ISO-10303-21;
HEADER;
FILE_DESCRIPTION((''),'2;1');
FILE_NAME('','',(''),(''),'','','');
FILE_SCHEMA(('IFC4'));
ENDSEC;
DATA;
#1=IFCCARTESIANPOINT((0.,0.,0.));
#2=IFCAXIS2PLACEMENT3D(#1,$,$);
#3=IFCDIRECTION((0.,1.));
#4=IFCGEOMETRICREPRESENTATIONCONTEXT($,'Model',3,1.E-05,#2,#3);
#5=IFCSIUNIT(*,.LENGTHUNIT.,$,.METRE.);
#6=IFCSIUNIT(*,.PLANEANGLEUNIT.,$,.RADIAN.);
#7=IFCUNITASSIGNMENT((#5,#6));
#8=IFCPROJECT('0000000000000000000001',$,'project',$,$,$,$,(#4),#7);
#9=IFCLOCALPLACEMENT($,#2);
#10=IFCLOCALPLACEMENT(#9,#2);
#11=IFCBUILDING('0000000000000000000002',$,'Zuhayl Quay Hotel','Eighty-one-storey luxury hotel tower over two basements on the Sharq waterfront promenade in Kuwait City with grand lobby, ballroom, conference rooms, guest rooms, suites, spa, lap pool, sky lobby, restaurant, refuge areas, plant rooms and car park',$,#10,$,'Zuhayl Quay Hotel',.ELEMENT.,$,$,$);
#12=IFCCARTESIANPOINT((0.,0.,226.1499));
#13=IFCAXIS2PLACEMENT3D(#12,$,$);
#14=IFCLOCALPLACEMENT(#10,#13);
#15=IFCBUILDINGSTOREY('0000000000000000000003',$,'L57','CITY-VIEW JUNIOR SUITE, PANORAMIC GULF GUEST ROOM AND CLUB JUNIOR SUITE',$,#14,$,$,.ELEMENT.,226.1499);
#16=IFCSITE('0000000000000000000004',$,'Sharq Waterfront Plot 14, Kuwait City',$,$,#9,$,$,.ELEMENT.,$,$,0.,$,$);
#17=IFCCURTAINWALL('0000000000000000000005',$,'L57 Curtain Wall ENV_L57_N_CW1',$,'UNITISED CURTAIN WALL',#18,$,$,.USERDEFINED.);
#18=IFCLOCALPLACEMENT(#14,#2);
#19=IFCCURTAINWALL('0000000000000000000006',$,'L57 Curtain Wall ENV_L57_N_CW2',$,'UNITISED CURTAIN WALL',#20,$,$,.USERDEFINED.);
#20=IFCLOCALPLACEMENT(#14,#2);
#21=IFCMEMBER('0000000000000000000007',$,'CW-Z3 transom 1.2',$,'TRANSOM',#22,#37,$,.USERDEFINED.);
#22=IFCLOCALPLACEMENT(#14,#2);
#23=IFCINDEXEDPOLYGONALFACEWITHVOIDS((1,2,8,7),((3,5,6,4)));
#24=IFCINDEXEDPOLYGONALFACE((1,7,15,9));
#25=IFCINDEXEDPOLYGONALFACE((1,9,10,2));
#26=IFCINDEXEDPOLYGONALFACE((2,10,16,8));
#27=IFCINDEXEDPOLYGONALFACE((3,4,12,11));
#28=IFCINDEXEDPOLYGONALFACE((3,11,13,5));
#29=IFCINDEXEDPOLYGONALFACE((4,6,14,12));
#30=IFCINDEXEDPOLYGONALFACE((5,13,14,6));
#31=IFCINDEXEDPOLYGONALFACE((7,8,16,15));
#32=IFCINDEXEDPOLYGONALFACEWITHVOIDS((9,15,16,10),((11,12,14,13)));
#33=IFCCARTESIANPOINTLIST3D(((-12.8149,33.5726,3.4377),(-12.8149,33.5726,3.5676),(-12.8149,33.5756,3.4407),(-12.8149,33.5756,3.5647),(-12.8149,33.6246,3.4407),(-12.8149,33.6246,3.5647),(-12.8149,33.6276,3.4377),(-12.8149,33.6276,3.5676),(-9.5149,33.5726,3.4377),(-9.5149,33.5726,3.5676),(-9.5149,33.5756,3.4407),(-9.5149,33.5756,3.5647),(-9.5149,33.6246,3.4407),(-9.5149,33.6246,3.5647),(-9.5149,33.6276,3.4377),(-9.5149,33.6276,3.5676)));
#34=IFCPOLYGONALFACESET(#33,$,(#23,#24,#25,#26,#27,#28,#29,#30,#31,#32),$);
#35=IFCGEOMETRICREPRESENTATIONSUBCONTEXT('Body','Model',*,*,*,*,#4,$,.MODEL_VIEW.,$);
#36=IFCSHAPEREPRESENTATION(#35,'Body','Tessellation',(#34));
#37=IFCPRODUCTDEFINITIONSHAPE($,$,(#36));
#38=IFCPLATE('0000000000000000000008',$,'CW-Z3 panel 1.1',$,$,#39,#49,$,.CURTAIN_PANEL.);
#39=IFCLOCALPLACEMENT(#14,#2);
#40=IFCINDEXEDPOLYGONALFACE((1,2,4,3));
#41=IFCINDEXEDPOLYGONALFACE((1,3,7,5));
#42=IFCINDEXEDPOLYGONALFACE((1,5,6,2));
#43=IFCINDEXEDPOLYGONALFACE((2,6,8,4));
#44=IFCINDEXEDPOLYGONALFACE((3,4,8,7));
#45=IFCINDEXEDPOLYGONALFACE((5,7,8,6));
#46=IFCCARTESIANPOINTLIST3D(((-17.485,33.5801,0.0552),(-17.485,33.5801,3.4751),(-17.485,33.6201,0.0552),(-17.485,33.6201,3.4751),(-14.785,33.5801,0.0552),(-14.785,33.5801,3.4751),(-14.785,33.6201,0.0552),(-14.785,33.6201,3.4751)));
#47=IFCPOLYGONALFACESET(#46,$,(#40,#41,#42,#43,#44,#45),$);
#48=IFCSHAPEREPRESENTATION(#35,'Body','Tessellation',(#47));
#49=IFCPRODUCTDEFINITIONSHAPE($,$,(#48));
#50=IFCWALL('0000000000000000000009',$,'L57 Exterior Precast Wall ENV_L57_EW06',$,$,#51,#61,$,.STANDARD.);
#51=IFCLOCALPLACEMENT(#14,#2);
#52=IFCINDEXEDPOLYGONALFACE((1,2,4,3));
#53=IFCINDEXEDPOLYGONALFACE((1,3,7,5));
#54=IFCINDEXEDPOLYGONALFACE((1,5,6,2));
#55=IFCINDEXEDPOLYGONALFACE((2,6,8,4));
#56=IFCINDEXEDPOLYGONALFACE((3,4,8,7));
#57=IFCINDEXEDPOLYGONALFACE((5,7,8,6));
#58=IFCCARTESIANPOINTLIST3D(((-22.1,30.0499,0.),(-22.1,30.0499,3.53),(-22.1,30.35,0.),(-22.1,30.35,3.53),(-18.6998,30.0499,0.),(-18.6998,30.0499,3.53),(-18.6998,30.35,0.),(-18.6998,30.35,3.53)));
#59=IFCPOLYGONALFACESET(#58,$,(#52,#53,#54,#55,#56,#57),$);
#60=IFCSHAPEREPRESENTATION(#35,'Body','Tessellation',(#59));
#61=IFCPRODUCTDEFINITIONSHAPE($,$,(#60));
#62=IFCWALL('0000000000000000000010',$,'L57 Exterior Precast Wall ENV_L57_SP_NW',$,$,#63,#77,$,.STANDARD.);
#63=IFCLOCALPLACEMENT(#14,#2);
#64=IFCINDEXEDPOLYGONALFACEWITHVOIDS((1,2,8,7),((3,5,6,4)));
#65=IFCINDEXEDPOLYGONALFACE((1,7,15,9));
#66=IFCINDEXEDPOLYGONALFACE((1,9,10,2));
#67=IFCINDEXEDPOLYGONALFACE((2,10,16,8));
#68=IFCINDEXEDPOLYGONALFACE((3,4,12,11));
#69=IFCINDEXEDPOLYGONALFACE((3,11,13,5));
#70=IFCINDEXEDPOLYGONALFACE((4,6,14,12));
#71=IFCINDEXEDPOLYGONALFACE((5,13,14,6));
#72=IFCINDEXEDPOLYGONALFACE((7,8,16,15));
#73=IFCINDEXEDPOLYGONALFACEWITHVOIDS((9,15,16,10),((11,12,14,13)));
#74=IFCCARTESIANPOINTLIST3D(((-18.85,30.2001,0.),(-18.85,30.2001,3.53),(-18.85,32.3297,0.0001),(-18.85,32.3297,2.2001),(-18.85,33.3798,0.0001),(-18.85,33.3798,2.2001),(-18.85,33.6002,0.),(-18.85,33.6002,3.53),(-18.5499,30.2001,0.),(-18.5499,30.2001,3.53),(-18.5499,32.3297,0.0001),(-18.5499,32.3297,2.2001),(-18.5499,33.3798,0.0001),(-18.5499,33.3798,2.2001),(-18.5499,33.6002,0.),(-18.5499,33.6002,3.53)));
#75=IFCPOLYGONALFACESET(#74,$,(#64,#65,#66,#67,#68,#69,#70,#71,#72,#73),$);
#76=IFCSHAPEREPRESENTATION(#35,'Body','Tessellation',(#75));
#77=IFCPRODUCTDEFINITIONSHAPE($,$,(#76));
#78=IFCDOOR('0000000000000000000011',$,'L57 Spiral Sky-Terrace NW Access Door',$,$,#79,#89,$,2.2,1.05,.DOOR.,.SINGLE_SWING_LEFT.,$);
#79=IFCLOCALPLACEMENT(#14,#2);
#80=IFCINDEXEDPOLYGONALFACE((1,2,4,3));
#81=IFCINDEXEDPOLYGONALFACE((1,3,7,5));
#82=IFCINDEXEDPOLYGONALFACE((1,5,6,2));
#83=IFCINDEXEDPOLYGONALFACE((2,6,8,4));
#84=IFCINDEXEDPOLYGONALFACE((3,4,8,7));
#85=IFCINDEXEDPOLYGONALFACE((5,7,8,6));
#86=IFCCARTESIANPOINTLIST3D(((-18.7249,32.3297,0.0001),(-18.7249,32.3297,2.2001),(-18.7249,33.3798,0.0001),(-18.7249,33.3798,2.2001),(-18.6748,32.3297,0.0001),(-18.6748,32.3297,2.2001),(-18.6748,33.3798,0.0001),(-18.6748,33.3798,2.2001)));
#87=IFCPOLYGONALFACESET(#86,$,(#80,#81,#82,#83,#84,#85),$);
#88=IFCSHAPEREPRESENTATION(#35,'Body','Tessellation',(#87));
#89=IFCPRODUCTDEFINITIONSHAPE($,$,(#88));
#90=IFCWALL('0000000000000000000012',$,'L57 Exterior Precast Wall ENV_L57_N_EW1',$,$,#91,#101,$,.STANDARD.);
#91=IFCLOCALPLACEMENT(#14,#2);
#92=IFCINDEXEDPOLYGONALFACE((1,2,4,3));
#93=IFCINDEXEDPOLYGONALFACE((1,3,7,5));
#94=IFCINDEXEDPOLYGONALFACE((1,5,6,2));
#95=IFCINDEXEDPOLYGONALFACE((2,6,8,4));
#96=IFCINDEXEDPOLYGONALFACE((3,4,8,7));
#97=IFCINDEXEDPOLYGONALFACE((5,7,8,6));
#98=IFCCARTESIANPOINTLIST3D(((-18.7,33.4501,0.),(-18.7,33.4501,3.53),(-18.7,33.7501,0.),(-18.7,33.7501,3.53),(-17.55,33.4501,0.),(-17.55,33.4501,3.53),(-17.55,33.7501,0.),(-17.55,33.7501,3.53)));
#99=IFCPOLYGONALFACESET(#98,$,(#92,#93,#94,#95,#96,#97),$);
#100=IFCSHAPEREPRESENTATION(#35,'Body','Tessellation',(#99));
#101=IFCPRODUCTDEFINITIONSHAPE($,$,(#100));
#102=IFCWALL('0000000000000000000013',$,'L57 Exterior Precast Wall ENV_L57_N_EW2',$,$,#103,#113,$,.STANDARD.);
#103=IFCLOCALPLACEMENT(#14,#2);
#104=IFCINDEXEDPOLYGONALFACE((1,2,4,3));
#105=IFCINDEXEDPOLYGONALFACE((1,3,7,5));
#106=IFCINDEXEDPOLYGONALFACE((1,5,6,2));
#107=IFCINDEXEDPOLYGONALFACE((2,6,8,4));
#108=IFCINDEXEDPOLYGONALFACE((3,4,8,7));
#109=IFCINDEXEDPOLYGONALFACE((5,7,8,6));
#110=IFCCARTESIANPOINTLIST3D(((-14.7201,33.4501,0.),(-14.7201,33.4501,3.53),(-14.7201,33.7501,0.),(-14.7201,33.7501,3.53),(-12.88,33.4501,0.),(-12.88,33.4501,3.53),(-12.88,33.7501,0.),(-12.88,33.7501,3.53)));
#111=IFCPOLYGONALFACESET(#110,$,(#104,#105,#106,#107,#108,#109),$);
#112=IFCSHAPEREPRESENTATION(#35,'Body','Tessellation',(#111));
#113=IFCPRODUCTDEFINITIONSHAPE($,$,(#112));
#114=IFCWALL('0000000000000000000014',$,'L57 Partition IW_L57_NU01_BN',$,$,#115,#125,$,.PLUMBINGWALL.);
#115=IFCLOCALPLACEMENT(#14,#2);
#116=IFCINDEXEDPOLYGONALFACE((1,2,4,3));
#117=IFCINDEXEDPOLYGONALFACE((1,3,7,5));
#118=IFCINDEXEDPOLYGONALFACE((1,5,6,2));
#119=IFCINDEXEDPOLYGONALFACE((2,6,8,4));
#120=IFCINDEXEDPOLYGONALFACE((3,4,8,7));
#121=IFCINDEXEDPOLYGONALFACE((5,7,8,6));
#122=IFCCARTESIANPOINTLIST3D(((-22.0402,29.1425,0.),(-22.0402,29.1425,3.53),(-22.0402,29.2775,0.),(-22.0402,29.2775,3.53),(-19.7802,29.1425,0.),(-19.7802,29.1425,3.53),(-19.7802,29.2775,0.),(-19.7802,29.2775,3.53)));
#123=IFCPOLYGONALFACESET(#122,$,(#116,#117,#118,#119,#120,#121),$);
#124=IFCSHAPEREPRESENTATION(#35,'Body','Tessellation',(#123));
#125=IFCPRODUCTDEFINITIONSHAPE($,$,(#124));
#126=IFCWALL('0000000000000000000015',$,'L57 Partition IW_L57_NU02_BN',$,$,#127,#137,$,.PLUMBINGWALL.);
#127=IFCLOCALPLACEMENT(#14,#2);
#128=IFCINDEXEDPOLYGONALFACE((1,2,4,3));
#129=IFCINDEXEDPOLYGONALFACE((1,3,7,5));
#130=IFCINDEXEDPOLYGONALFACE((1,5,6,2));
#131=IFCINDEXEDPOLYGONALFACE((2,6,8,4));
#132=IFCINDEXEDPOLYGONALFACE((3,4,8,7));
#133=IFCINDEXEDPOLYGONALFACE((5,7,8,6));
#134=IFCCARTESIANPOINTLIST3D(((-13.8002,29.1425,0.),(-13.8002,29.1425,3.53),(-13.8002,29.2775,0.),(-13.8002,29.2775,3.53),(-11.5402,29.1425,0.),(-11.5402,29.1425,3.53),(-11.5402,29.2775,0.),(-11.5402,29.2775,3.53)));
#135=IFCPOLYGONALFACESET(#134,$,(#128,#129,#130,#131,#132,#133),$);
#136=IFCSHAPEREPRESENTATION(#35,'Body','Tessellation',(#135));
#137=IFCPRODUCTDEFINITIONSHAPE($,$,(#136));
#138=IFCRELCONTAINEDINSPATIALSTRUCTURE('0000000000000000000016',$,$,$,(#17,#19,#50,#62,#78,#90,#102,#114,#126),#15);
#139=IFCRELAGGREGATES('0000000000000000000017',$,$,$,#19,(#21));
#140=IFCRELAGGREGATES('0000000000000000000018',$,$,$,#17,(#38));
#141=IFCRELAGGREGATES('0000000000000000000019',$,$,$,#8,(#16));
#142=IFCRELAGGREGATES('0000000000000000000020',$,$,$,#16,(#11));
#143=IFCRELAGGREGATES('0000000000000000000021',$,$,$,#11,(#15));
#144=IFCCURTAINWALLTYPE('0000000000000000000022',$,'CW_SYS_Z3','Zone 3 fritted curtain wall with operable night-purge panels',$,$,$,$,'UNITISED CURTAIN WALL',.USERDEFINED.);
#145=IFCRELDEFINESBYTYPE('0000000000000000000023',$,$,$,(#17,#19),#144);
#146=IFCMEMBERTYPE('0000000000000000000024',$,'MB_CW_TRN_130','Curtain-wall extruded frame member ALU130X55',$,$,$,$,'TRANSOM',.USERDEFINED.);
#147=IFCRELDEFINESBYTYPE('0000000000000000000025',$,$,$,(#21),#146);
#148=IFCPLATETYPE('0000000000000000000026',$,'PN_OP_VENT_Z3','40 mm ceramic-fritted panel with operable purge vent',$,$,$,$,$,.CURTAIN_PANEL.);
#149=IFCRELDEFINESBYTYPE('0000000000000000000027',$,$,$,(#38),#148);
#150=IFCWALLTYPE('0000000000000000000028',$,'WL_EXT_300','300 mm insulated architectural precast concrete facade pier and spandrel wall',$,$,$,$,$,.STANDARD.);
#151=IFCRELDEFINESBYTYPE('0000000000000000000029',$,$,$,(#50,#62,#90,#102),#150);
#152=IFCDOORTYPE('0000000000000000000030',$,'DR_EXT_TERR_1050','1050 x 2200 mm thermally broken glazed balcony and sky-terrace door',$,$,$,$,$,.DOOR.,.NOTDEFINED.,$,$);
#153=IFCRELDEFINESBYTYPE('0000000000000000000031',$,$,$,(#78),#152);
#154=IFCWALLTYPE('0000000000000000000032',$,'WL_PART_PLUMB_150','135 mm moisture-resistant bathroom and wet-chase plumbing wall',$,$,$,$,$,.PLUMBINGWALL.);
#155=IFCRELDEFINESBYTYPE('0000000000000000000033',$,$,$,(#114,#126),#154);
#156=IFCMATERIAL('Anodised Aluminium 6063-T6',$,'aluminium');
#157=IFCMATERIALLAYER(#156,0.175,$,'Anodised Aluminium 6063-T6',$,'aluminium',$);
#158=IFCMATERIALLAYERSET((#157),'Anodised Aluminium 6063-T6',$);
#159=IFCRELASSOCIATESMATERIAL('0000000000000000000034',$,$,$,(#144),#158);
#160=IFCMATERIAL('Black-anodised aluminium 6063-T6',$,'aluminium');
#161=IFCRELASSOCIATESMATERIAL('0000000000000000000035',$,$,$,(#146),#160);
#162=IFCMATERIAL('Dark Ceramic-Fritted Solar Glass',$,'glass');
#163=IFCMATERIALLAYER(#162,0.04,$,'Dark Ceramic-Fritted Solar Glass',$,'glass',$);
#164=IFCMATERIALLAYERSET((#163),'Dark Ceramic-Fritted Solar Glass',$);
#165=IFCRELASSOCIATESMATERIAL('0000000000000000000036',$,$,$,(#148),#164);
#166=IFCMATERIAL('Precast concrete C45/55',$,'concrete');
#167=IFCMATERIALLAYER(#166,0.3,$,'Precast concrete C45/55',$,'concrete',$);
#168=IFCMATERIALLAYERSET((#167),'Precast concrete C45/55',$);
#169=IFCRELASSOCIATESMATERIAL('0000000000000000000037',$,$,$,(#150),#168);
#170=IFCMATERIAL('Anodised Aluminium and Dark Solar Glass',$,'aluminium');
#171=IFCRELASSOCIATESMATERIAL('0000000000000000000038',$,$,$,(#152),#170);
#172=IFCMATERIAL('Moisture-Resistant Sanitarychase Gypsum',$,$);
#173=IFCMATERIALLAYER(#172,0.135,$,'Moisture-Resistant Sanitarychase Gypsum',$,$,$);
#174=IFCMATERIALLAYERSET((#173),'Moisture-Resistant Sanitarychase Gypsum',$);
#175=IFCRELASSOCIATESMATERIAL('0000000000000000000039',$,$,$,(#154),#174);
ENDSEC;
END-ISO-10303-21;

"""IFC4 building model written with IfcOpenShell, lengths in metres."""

from ifc_helpers import new_model, si_unit, direction, frame, frame_2d, origin, origin_2d, place, context, subcontext, project, spatial, rectangle, hollow_rectangle, extrude, material, layer, layer_set, material_profile, profile_set, type_object, element, fill, aggregate, save


model = new_model("IFC4")

# Units and contexts
model_context = context("Model", 3, precision=1e-05, world=origin(), true_north=direction((0.0, 1.0)))
body_context = subcontext(model_context, "Body", "Model", "MODEL_VIEW")
ifc_project = project(units=[si_unit("LENGTHUNIT", "METRE"), si_unit("PLANEANGLEUNIT", "RADIAN")], contexts=[model_context])

# Site, building, storey
site_placement = place(None, origin())
site = spatial("IfcSite", under=ifc_project, at=site_placement, Name="Sharq Waterfront Plot 14, Kuwait City", CompositionType="ELEMENT", RefElevation=0.0)
building_placement = place(site_placement, origin())
building = spatial("IfcBuilding", under=site, at=building_placement, Name="Zuhayl Quay Hotel", Description="Eighty-one-storey luxury hotel tower over two basements on the Sharq waterfront promenade in Kuwait City with grand lobby, ballroom, conference rooms, guest rooms, suites, spa, lap pool, sky lobby, restaurant, refuge areas, plant rooms and car park", LongName="Zuhayl Quay Hotel", CompositionType="ELEMENT")
storey_placement = place(building_placement, frame((0.0, 0.0, 226.1499)))
storey = spatial("IfcBuildingStorey", under=building, at=storey_placement, Name="L57", Description="CITY-VIEW JUNIOR SUITE, PANORAMIC GULF GUEST ROOM AND CLUB JUNIOR SUITE", CompositionType="ELEMENT", Elevation=226.1499)

# Curtain wall
ifc_material_1 = material(Name="Anodised Aluminium 6063-T6", Category="aluminium")
ifc_layer_1 = layer(ifc_material_1, 0.175, Name="Anodised Aluminium 6063-T6", Category="aluminium")
ifc_layer_set_1 = layer_set([ifc_layer_1], Name="Anodised Aluminium 6063-T6")
curtain_wall_type = type_object("IfcCurtainWallType", Name="CW_SYS_Z3", Description="Zone 3 fritted curtain wall with operable night-purge panels", ElementType="UNITISED CURTAIN WALL", PredefinedType="USERDEFINED", material=ifc_layer_set_1)
curtain_wall_1_placement = place(storey_placement, origin())
curtain_wall_1 = element("IfcCurtainWall", 1, at=curtain_wall_1_placement, inside=storey, type_object=curtain_wall_type, Name="L57 Curtain Wall ENV_L57_N_CW1", ObjectType="UNITISED CURTAIN WALL", PredefinedType="USERDEFINED")
ifc_material_2 = material(Name="Black-anodised aluminium 6063-T6", Category="aluminium")

# Curtain wall
curtain_wall_2_placement = place(storey_placement, origin())
curtain_wall_2 = element("IfcCurtainWall", 2, at=curtain_wall_2_placement, inside=storey, type_object=curtain_wall_type, Name="L57 Curtain Wall ENV_L57_N_CW2", ObjectType="UNITISED CURTAIN WALL", PredefinedType="USERDEFINED")

# Member
ifc_material_profile_1 = material_profile(ifc_material_2, hollow_rectangle(XDim=0.0549, YDim=0.1299, WallThickness=0.0029, at=origin_2d()), Name="ALU130X55")
ifc_profile_set_1 = profile_set([ifc_material_profile_1], Name="Black-anodised aluminium 6063-T6")
member_type_1 = type_object("IfcMemberType", Name="MB_CW_TRN_130", Description="Curtain-wall extruded frame member ALU130X55", ElementType="TRANSOM", PredefinedType="USERDEFINED", material=ifc_profile_set_1)
member_1_placement = place(storey_placement, frame((-12.8149, 33.6001, 3.5027), z_axis=(1.0, 0.0, 0.0), x_axis=(0.0, 1.0, 0.0)))
member_1 = element("IfcMember", 3, at=member_1_placement, type_object=member_type_1, Name="CW-Z3 transom 1.2", ObjectType="TRANSOM", PredefinedType="USERDEFINED", context=body_context, shape_type="SweptSolid", body=[
    extrude(hollow_rectangle(XDim=0.0549, YDim=0.1299, WallThickness=0.0029, at=origin_2d()), origin(), (0.0, 0.0, 1.0), 3.3),
])
aggregate(curtain_wall_2, [member_1])

# Plate
ifc_material_3 = material(Name="Dark Ceramic-Fritted Solar Glass", Category="glass")
ifc_layer_2 = layer(ifc_material_3, 0.04, Name="Dark Ceramic-Fritted Solar Glass", Category="glass")
ifc_layer_set_2 = layer_set([ifc_layer_2], Name="Dark Ceramic-Fritted Solar Glass")
plate_type = type_object("IfcPlateType", Name="PN_OP_VENT_Z3", Description="40 mm ceramic-fritted panel with operable purge vent", PredefinedType="CURTAIN_PANEL", material=ifc_layer_set_2)
plate_placement = place(storey_placement, frame((-16.135, 33.6001, 0.0552), z_axis=(0.0, 0.0, 1.0), x_axis=(1.0, 0.0, 0.0)))
plate = element("IfcPlate", 4, at=plate_placement, type_object=plate_type, Name="CW-Z3 panel 1.1", PredefinedType="CURTAIN_PANEL", context=body_context, shape_type="SweptSolid", body=[
    extrude(rectangle(XDim=2.7, YDim=0.04, at=origin_2d()), origin(), (0.0, 0.0, 1.0), 3.4199),
])
aggregate(curtain_wall_1, [plate])

# Wall
ifc_material_4 = material(Name="Precast concrete C45/55", Category="concrete")
ifc_layer_3 = layer(ifc_material_4, 0.3, Name="Precast concrete C45/55", Category="concrete")
ifc_layer_set_3 = layer_set([ifc_layer_3], Name="Precast concrete C45/55")
wall_type_1 = type_object("IfcWallType", Name="WL_EXT_300", Description="300 mm insulated architectural precast concrete facade pier and spandrel wall", PredefinedType="STANDARD", material=ifc_layer_set_3)
wall_1_placement = place(storey_placement, frame((-22.1001, 30.2, 0.0), z_axis=(0.0, 0.0, 1.0), x_axis=(1.0, 0.0, 0.0)))
element("IfcWall", 5, at=wall_1_placement, inside=storey, type_object=wall_type_1, Name="L57 Exterior Precast Wall ENV_L57_EW06", PredefinedType="STANDARD", context=body_context, shape_type="SweptSolid", body=[
    extrude(rectangle(XDim=3.4001, YDim=0.3, at=frame_2d((1.7002, 0.0))), origin(), (0.0, 0.0, 1.0), 3.53),
])

# Wall, opening, door
wall_2_placement = place(storey_placement, frame((-18.7, 30.2, 0.0), z_axis=(0.0, 0.0, 1.0), x_axis=(0.0, 1.0, 0.0)))
wall_2 = element("IfcWall", 6, at=wall_2_placement, inside=storey, type_object=wall_type_1, Name="L57 Exterior Precast Wall ENV_L57_SP_NW", PredefinedType="STANDARD", context=body_context, shape_type="SweptSolid", body=[
    extrude(rectangle(XDim=3.4001, YDim=0.3, at=frame_2d((1.7002, 0.0))), origin(), (0.0, 0.0, 1.0), 3.53),
])
opening_placement = place(wall_2_placement, frame((2.1299, 0.0, 0.0)))
opening = element("IfcOpeningElement", 7, at=opening_placement, cuts=wall_2, PredefinedType="OPENING", context=body_context, shape_type="SweptSolid", body=[
    extrude(rectangle(XDim=1.05, YDim=2.2, at=frame_2d((0.5249, 1.1001))), frame((0.0, 0.1599, 0.0), z_axis=(0.0, -1.0, 0.0), x_axis=(1.0, 0.0, 0.0)), (0.0, 0.0, 1.0), 0.3201),
])
ifc_material_5 = material(Name="Anodised Aluminium and Dark Solar Glass", Category="aluminium")
door_type = type_object("IfcDoorType", Name="DR_EXT_TERR_1050", Description="1050 x 2200 mm thermally broken glazed balcony and sky-terrace door", OperationType="NOTDEFINED", PredefinedType="DOOR", material=ifc_material_5)
door_placement = place(opening_placement, origin())
door = element("IfcDoor", 8, at=door_placement, inside=storey, type_object=door_type, Name="L57 Spiral Sky-Terrace NW Access Door", OperationType="SINGLE_SWING_LEFT", OverallHeight=2.2, OverallWidth=1.05, PredefinedType="DOOR", context=body_context, shape_type="SweptSolid", body=[
    extrude(rectangle(XDim=1.05, YDim=2.2, at=frame_2d((0.5249, 1.1001))), frame((0.0, 0.0249, 0.0), z_axis=(0.0, -1.0, 0.0), x_axis=(1.0, 0.0, 0.0)), (0.0, 0.0, 1.0), 0.05),
])
fill(opening, door)

# Walls
wall_3_placement = place(storey_placement, frame((-18.7, 33.6001, 0.0), z_axis=(0.0, 0.0, 1.0), x_axis=(1.0, 0.0, 0.0)))
element("IfcWall", 9, at=wall_3_placement, inside=storey, type_object=wall_type_1, Name="L57 Exterior Precast Wall ENV_L57_N_EW1", PredefinedType="STANDARD", context=body_context, shape_type="SweptSolid", body=[
    extrude(rectangle(XDim=1.1499, YDim=0.3, at=frame_2d((0.575, 0.0))), origin(), (0.0, 0.0, 1.0), 3.53),
])
wall_4_placement = place(storey_placement, frame((-14.72, 33.6001, 0.0), z_axis=(0.0, 0.0, 1.0), x_axis=(1.0, 0.0, 0.0)))
element("IfcWall", 10, at=wall_4_placement, inside=storey, type_object=wall_type_1, Name="L57 Exterior Precast Wall ENV_L57_N_EW2", PredefinedType="STANDARD", context=body_context, shape_type="SweptSolid", body=[
    extrude(rectangle(XDim=1.8401, YDim=0.3, at=frame_2d((0.9199, 0.0))), origin(), (0.0, 0.0, 1.0), 3.53),
])
ifc_material_6 = material(Name="Moisture-Resistant Sanitarychase Gypsum")
ifc_layer_4 = layer(ifc_material_6, 0.135, Name="Moisture-Resistant Sanitarychase Gypsum")
ifc_layer_set_4 = layer_set([ifc_layer_4], Name="Moisture-Resistant Sanitarychase Gypsum")
wall_type_2 = type_object("IfcWallType", Name="WL_PART_PLUMB_150", Description="135 mm moisture-resistant bathroom and wet-chase plumbing wall", PredefinedType="PLUMBINGWALL", material=ifc_layer_set_4)
for number, where, z_axis, x_axis, name in (
    (11, (-22.04, 29.21, 0.0), (0.0, 0.0, 1.0), (1.0, 0.0, 0.0), "L57 Partition IW_L57_NU01_BN"),
    (12, (-13.8, 29.21, 0.0), (0.0, 0.0, 1.0), (1.0, 0.0, 0.0), "L57 Partition IW_L57_NU02_BN"),
):
    element("IfcWall", number, at=place(storey_placement, frame(where, z_axis=z_axis, x_axis=x_axis)), inside=storey, type_object=wall_type_2, Name=name, PredefinedType="PLUMBINGWALL", context=body_context, shape_type="SweptSolid", body=[
        extrude(rectangle(XDim=2.26, YDim=0.135, at=frame_2d((1.1299, 0.0))), origin(), (0.0, 0.0, 1.0), 3.53),
    ])

save(model, "model.ifc")
